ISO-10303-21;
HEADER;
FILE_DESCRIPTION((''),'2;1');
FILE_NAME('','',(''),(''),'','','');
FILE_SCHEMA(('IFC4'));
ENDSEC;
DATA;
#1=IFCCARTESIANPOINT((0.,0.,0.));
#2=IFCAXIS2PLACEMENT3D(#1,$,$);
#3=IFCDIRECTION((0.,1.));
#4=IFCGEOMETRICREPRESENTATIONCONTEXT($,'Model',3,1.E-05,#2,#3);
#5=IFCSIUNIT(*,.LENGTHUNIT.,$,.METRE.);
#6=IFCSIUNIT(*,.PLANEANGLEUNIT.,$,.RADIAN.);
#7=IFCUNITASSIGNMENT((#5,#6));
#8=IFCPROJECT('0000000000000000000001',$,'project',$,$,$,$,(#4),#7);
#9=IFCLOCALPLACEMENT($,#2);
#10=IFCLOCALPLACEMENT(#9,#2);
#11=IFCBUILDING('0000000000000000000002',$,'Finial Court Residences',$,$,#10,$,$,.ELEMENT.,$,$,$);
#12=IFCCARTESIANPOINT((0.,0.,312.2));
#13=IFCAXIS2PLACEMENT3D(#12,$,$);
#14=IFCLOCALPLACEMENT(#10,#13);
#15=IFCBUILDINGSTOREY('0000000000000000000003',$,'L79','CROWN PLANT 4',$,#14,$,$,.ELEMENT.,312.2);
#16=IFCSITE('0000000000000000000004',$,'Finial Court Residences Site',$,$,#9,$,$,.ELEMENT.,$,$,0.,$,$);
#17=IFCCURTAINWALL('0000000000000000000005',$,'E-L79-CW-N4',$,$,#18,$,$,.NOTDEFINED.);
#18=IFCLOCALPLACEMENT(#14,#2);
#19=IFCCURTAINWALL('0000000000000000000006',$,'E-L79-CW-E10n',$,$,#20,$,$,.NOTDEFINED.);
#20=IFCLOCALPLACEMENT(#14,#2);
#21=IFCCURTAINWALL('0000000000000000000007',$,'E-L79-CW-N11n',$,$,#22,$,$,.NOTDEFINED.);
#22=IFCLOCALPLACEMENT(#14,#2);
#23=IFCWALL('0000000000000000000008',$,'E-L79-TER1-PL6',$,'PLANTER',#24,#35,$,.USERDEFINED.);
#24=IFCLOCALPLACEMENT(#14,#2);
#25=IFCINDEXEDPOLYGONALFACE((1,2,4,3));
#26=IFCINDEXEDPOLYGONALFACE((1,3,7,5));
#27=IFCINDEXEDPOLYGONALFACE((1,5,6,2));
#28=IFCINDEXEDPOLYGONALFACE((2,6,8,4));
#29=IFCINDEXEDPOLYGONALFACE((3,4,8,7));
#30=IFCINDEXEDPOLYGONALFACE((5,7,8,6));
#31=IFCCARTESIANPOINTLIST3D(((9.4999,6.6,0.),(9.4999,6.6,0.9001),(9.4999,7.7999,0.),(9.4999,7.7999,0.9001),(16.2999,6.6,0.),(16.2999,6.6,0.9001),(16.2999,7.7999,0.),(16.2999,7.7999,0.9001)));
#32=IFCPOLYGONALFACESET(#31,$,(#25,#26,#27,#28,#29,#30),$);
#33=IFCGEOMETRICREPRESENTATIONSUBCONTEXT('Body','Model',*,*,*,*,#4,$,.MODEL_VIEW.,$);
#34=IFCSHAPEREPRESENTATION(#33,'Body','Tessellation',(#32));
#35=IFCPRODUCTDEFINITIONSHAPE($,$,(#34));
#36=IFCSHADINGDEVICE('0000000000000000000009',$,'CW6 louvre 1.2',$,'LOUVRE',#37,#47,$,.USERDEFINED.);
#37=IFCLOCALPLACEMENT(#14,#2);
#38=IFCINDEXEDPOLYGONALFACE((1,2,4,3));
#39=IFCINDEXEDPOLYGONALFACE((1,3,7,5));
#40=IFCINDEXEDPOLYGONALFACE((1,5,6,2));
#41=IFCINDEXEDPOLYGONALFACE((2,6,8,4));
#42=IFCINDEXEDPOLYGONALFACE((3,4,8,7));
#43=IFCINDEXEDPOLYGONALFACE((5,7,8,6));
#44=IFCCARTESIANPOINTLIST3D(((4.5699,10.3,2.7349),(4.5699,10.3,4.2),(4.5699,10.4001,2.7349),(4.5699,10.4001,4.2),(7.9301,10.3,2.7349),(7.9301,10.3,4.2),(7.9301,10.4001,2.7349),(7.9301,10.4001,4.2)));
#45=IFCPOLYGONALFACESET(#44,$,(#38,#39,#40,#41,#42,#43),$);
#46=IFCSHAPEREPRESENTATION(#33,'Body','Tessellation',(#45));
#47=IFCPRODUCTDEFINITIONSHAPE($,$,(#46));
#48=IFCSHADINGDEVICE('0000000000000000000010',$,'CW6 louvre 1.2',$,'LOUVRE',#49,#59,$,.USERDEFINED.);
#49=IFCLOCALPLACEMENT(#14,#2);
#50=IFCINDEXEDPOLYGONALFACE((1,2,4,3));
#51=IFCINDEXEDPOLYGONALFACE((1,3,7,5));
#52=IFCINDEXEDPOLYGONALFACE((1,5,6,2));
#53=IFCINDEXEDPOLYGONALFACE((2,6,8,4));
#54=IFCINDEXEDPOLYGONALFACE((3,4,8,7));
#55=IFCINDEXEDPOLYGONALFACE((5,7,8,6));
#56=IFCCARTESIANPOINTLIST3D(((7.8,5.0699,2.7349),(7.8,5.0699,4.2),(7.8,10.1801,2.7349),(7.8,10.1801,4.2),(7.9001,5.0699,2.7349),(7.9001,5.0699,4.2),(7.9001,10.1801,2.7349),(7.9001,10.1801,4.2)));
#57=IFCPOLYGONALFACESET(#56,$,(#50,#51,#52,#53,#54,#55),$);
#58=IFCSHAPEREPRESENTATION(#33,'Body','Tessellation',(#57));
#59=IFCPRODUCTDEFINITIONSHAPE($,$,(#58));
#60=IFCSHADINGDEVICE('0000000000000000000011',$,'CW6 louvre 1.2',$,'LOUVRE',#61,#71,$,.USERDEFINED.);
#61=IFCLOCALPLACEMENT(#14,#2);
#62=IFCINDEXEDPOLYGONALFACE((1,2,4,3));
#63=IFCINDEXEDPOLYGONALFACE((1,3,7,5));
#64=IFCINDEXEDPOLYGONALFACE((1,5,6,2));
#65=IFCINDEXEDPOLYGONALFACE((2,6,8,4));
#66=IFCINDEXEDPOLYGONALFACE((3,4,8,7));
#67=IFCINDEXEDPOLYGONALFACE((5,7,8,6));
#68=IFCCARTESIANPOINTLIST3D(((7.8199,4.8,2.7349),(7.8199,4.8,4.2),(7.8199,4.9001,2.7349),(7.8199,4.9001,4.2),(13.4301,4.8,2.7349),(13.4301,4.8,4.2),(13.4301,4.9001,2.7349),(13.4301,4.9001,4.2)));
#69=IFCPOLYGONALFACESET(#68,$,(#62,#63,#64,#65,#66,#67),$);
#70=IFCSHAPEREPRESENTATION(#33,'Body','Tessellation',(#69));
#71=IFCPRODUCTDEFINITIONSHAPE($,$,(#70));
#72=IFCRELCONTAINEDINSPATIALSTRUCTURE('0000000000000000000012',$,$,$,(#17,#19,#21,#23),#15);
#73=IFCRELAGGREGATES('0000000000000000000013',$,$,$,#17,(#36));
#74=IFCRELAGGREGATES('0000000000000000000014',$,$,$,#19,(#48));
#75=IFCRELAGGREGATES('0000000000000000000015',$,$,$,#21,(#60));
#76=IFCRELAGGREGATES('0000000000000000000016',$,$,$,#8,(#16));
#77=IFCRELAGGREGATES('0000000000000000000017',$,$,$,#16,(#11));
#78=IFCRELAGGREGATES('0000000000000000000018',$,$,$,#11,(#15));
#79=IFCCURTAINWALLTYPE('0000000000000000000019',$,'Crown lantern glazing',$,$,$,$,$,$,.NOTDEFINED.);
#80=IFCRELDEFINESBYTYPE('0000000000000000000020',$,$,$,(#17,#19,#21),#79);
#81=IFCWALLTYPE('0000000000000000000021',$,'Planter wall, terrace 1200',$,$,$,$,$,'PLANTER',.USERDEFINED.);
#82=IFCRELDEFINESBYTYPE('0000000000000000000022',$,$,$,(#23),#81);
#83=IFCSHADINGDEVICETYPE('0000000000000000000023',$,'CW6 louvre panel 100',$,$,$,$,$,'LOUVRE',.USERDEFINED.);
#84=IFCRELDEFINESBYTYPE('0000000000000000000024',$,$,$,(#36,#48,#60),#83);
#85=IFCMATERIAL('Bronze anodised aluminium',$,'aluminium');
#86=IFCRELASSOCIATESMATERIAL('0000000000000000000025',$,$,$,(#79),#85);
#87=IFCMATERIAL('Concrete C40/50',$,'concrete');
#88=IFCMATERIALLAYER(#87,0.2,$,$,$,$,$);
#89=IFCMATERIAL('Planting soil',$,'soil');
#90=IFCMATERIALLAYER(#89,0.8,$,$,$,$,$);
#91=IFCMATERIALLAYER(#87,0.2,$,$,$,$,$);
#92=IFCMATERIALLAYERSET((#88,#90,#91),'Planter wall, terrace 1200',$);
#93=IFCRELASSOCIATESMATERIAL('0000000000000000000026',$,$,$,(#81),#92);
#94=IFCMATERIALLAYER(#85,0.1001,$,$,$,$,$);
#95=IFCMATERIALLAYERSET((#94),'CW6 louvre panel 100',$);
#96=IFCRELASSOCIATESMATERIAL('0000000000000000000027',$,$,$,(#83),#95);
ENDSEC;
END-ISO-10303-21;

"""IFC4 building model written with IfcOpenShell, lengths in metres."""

from ifc_helpers import new_model, si_unit, direction, frame, frame_2d, origin, origin_2d, place, context, subcontext, project, spatial, rectangle, extrude, material, layer, layer_set, type_object, element, aggregate, save


model = new_model("IFC4")

# Units and contexts
model_context = context("Model", 3, precision=1e-05, world=origin(), true_north=direction((0.0, 1.0)))
body_context = subcontext(model_context, "Body", "Model", "MODEL_VIEW")
ifc_project = project(units=[si_unit("LENGTHUNIT", "METRE"), si_unit("PLANEANGLEUNIT", "RADIAN")], contexts=[model_context])

# Site, building, storey
site_placement = place(None, origin())
site = spatial("IfcSite", under=ifc_project, at=site_placement, Name="Finial Court Residences Site", CompositionType="ELEMENT", RefElevation=0.0)
building_placement = place(site_placement, origin())
building = spatial("IfcBuilding", under=site, at=building_placement, Name="Finial Court Residences", CompositionType="ELEMENT")
storey_placement = place(building_placement, frame((0.0, 0.0, 312.2)))
storey = spatial("IfcBuildingStorey", under=building, at=storey_placement, Name="L79", Description="CROWN PLANT 4", CompositionType="ELEMENT", Elevation=312.2)

# Shared definitions
ifc_material_1 = material(Name="Concrete C40/50", Category="concrete")

# Curtain walls
ifc_material_2 = material(Name="Bronze anodised aluminium", Category="aluminium")
curtain_wall_type = type_object("IfcCurtainWallType", Name="Crown lantern glazing", PredefinedType="NOTDEFINED", material=ifc_material_2)
curtain_wall_1_placement = place(storey_placement, origin())
curtain_wall_1 = element("IfcCurtainWall", 1, at=curtain_wall_1_placement, inside=storey, type_object=curtain_wall_type, Name="E-L79-CW-N4", PredefinedType="NOTDEFINED")
curtain_wall_2_placement = place(storey_placement, origin())
curtain_wall_2 = element("IfcCurtainWall", 2, at=curtain_wall_2_placement, inside=storey, type_object=curtain_wall_type, Name="E-L79-CW-E10n", PredefinedType="NOTDEFINED")
curtain_wall_3_placement = place(storey_placement, origin())
curtain_wall_3 = element("IfcCurtainWall", 3, at=curtain_wall_3_placement, inside=storey, type_object=curtain_wall_type, Name="E-L79-CW-N11n", PredefinedType="NOTDEFINED")

# Wall
ifc_layer_1 = layer(ifc_material_1, 0.2)
ifc_material_3 = material(Name="Planting soil", Category="soil")
ifc_layer_2 = layer(ifc_material_3, 0.8)
ifc_layer_3 = layer(ifc_material_1, 0.2)
ifc_layer_set_1 = layer_set([ifc_layer_1, ifc_layer_2, ifc_layer_3], Name="Planter wall, terrace 1200")
wall_type = type_object("IfcWallType", Name="Planter wall, terrace 1200", ElementType="PLANTER", PredefinedType="USERDEFINED", material=ifc_layer_set_1)
wall_1_placement = place(storey_placement, frame((9.5, 7.2, 0.0), z_axis=(0.0, 0.0, 1.0), x_axis=(1.0, 0.0, 0.0)))
element("IfcWall", 4, at=wall_1_placement, inside=storey, type_object=wall_type, Name="E-L79-TER1-PL6", ObjectType="PLANTER", PredefinedType="USERDEFINED", context=body_context, shape_type="SweptSolid", body=[
    extrude(rectangle(XDim=6.8, YDim=1.2, at=frame_2d((3.3999, 0.0))), origin(), (0.0, 0.0, 1.0), 0.9001),
])

# Shading devices
ifc_layer_4 = layer(ifc_material_2, 0.1001)
ifc_layer_set_2 = layer_set([ifc_layer_4], Name="CW6 louvre panel 100")
shading_device_type = type_object("IfcShadingDeviceType", Name="CW6 louvre panel 100", ElementType="LOUVRE", PredefinedType="USERDEFINED", material=ifc_layer_set_2)
shading_device_1_placement = place(storey_placement, frame((6.25, 10.3501, 2.7349), z_axis=(0.0, 0.0, 1.0), x_axis=(1.0, 0.0, 0.0)))
shading_device_1 = element("IfcShadingDevice", 5, at=shading_device_1_placement, type_object=shading_device_type, Name="CW6 louvre 1.2", ObjectType="LOUVRE", PredefinedType="USERDEFINED", context=body_context, shape_type="SweptSolid", body=[
    extrude(rectangle(XDim=3.3601, YDim=0.1001, at=origin_2d()), origin(), (0.0, 0.0, 1.0), 1.4651),
])
aggregate(curtain_wall_1, [shading_device_1])
shading_device_2_placement = place(storey_placement, frame((7.8501, 7.625, 2.7349), z_axis=(0.0, 0.0, 1.0), x_axis=(0.0, 1.0, 0.0)))
shading_device_2 = element("IfcShadingDevice", 6, at=shading_device_2_placement, type_object=shading_device_type, Name="CW6 louvre 1.2", ObjectType="LOUVRE", PredefinedType="USERDEFINED", context=body_context, shape_type="SweptSolid", body=[
    extrude(rectangle(XDim=5.1101, YDim=0.1001, at=origin_2d()), origin(), (0.0, 0.0, 1.0), 1.4651),
])
aggregate(curtain_wall_2, [shading_device_2])
shading_device_3_placement = place(storey_placement, frame((10.625, 4.8501, 2.7349), z_axis=(0.0, 0.0, 1.0), x_axis=(1.0, 0.0, 0.0)))
shading_device_3 = element("IfcShadingDevice", 7, at=shading_device_3_placement, type_object=shading_device_type, Name="CW6 louvre 1.2", ObjectType="LOUVRE", PredefinedType="USERDEFINED", context=body_context, shape_type="SweptSolid", body=[
    extrude(rectangle(XDim=5.6101, YDim=0.1001, at=origin_2d()), origin(), (0.0, 0.0, 1.0), 1.4651),
])
aggregate(curtain_wall_3, [shading_device_3])

save(model, "model.ifc")
